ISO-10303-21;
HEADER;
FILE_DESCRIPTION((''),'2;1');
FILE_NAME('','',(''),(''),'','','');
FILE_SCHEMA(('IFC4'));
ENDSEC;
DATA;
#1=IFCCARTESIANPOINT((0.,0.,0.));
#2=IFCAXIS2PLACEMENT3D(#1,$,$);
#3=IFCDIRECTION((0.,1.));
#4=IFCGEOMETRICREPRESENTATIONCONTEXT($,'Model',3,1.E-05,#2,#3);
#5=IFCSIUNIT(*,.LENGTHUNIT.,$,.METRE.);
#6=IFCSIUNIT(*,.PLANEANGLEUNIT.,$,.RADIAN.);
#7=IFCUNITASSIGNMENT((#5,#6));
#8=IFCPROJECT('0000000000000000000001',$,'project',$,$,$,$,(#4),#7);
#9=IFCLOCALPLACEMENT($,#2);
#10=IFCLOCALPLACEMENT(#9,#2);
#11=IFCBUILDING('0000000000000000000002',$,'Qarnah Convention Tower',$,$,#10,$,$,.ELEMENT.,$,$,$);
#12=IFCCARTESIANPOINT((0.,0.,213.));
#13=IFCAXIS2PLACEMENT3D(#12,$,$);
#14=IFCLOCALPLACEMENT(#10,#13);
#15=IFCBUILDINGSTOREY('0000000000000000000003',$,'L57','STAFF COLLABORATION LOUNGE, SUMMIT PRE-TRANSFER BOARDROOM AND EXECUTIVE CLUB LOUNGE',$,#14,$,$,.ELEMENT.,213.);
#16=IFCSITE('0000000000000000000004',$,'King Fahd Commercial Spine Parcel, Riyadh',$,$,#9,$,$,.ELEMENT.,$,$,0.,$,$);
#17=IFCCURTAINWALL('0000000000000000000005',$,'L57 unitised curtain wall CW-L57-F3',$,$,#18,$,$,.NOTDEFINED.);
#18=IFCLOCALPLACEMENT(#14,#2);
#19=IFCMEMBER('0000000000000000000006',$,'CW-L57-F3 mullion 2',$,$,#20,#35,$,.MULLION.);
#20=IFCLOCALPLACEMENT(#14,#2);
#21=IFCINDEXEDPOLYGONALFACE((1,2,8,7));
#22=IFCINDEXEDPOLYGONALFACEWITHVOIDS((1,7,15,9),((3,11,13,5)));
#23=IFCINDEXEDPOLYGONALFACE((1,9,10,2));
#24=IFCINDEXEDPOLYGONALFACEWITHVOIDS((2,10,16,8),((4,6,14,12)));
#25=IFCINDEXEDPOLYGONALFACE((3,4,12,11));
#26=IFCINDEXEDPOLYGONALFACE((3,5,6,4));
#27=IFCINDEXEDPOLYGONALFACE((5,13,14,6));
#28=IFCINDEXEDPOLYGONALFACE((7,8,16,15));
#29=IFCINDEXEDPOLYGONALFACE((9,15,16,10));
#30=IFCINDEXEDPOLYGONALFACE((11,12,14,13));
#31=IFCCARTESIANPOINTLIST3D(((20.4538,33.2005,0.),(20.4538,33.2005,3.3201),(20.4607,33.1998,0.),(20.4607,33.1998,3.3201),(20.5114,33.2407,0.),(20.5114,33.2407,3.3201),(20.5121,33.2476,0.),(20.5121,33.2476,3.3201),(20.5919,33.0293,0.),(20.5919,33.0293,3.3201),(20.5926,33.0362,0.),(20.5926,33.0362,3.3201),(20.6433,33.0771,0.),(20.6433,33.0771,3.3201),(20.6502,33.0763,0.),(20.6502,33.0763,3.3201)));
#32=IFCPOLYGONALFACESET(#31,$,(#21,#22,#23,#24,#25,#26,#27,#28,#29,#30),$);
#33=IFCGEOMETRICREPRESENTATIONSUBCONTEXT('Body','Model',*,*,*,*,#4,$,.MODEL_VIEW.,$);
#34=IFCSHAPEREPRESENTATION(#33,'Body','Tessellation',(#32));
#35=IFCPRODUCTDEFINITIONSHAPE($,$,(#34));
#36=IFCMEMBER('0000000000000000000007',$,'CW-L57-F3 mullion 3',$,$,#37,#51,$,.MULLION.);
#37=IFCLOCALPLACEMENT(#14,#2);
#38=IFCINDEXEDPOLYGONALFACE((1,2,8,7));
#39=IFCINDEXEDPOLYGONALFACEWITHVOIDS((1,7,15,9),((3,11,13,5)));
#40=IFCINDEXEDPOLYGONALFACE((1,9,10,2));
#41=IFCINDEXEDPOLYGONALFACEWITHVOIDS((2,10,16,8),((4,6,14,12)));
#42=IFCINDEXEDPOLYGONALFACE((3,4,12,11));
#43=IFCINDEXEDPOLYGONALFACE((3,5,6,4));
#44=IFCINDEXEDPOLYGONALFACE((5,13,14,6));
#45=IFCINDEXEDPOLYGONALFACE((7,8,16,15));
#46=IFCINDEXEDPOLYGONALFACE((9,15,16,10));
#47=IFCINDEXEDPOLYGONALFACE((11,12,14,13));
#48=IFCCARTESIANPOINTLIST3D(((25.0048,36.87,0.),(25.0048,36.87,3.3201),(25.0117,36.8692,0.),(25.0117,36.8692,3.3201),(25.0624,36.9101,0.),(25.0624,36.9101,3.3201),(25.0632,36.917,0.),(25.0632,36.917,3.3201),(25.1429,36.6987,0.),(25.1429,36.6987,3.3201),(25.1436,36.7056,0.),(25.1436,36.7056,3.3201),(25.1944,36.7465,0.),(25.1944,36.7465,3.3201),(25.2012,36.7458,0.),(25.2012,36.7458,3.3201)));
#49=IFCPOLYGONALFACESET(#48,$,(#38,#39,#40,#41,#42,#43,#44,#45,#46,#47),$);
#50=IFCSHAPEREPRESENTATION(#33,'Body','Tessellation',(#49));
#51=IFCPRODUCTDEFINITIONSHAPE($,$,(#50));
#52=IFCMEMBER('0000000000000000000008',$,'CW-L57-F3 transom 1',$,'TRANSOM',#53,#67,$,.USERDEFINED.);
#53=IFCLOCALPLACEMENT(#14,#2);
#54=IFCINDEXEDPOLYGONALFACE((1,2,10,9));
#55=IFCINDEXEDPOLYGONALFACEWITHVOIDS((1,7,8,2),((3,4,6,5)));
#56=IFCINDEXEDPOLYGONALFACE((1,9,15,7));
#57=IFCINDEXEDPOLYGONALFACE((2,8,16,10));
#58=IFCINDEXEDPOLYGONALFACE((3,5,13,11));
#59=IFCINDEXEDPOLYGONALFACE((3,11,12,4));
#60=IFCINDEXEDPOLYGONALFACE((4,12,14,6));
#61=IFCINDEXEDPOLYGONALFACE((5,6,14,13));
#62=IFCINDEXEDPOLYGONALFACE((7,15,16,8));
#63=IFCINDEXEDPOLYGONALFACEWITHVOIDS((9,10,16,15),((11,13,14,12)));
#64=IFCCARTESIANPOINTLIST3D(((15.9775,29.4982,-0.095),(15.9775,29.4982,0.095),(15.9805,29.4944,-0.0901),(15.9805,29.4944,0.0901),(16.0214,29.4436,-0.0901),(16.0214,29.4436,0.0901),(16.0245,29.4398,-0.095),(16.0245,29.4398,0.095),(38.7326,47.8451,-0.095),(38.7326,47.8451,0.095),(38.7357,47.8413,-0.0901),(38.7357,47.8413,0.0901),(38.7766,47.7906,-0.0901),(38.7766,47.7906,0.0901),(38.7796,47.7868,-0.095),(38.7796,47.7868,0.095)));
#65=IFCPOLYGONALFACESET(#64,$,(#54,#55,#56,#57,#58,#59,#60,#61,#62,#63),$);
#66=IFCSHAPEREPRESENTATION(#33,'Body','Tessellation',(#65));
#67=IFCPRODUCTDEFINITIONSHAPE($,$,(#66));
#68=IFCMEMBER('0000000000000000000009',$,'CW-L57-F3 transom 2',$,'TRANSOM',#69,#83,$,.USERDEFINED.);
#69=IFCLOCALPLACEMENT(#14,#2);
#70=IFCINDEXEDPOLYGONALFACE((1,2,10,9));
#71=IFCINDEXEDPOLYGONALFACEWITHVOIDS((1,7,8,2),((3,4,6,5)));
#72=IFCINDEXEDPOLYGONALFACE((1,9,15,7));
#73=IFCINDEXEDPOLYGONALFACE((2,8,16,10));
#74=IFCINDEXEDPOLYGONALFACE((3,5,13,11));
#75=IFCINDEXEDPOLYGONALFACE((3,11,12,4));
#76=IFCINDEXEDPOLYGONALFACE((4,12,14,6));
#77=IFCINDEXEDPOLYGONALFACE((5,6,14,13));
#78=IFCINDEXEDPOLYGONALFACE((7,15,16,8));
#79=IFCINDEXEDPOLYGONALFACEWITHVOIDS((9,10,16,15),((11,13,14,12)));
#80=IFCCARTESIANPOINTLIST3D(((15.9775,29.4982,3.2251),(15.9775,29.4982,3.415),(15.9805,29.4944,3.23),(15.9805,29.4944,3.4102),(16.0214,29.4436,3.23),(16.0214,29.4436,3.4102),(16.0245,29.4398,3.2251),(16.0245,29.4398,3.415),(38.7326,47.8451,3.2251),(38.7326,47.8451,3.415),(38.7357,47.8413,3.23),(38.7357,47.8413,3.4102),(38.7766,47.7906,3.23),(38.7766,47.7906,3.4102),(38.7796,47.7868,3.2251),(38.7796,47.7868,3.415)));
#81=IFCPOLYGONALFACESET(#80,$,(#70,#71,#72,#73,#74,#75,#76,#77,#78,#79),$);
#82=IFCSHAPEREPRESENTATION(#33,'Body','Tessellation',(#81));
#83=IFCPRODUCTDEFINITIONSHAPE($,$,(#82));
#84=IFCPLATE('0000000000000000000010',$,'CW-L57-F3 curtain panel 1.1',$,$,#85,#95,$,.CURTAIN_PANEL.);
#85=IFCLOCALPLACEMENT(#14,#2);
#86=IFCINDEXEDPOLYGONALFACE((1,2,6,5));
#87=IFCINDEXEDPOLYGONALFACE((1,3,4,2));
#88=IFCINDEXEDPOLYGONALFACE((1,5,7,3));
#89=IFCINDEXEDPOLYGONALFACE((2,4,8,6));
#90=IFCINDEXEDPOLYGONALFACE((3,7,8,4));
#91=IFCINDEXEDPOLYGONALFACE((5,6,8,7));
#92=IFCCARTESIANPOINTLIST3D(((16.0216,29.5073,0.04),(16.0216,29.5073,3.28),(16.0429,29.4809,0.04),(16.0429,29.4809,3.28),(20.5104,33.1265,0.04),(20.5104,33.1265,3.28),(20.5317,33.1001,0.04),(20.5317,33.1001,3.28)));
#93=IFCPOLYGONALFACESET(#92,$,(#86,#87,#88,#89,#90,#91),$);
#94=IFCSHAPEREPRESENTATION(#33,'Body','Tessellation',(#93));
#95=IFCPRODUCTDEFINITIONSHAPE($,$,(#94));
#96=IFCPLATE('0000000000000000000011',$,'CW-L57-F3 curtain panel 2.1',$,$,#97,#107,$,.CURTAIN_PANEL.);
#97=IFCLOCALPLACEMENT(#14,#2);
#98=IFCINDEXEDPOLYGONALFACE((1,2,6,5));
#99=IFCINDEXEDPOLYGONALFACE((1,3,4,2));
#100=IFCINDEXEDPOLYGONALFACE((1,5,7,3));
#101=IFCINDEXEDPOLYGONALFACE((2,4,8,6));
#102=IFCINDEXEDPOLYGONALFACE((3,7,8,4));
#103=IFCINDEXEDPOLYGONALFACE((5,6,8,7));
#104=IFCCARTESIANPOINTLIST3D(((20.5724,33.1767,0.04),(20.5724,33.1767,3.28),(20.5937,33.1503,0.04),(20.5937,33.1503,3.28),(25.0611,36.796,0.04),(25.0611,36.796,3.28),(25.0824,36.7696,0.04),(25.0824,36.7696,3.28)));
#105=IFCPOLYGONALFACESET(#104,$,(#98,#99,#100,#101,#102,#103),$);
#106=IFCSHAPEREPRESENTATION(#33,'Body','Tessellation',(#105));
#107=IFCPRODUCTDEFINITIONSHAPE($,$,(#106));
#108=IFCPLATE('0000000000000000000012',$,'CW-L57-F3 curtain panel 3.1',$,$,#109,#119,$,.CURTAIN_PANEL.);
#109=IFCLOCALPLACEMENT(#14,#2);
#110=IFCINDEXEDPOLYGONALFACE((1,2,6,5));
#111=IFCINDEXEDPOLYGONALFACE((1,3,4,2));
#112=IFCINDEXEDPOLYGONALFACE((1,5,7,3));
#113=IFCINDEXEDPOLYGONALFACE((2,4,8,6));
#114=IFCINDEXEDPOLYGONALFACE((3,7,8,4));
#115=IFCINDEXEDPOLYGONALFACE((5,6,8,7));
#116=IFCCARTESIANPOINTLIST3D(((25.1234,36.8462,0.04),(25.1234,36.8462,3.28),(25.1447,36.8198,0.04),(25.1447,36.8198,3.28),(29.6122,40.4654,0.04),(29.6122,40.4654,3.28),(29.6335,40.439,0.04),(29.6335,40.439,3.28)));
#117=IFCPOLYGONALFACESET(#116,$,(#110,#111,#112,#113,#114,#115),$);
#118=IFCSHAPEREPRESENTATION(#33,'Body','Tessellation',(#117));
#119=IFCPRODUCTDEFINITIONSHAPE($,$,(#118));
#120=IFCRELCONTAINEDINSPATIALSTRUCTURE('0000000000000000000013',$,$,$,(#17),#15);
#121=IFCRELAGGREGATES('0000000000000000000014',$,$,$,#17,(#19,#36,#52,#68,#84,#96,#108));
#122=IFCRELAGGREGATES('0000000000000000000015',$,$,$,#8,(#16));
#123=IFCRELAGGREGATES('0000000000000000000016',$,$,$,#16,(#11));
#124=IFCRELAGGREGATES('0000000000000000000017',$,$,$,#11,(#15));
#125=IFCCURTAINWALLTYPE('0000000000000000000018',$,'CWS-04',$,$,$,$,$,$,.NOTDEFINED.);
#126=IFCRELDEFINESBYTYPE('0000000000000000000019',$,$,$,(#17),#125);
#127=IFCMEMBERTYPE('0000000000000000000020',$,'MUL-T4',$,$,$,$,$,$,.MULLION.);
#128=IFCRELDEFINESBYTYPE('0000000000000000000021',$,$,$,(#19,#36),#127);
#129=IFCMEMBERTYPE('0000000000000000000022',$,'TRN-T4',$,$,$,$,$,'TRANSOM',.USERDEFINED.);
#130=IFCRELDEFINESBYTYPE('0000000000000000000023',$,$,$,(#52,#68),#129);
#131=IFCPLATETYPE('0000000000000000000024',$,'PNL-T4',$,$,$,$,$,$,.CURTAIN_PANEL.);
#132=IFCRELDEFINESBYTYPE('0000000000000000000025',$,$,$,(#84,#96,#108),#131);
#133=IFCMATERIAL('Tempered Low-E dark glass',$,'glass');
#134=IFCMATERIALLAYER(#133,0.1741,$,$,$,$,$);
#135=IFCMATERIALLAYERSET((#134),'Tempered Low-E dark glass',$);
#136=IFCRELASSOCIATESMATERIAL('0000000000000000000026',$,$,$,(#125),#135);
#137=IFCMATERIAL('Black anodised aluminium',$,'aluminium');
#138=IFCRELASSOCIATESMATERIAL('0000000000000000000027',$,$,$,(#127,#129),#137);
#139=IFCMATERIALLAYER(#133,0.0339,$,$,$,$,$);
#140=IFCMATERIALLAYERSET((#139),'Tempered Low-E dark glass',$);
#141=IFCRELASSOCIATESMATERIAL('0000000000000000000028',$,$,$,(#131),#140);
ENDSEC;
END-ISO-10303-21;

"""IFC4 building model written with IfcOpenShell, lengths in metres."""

from ifc_helpers import new_model, si_unit, direction, frame, origin, origin_2d, place, context, subcontext, project, spatial, rectangle, hollow_rectangle, extrude, material, layer, layer_set, material_profile, profile_set, type_object, element, aggregate, save


model = new_model("IFC4")

# Units and contexts
model_context = context("Model", 3, precision=1e-05, world=origin(), true_north=direction((0.0, 1.0)))
body_context = subcontext(model_context, "Body", "Model", "MODEL_VIEW")
ifc_project = project(units=[si_unit("LENGTHUNIT", "METRE"), si_unit("PLANEANGLEUNIT", "RADIAN")], contexts=[model_context])

# Site, building, storey
site_placement = place(None, origin())
site = spatial("IfcSite", under=ifc_project, at=site_placement, Name="King Fahd Commercial Spine Parcel, Riyadh", CompositionType="ELEMENT", RefElevation=0.0)
building_placement = place(site_placement, origin())
building = spatial("IfcBuilding", under=site, at=building_placement, Name="Qarnah Convention Tower", CompositionType="ELEMENT")
storey_placement = place(building_placement, frame((0.0, 0.0, 213.0)))
storey = spatial("IfcBuildingStorey", under=building, at=storey_placement, Name="L57", Description="STAFF COLLABORATION LOUNGE, SUMMIT PRE-TRANSFER BOARDROOM AND EXECUTIVE CLUB LOUNGE", CompositionType="ELEMENT", Elevation=213.0)

# Curtain wall, members, plates
ifc_material_1 = material(Name="Tempered Low-E dark glass", Category="glass")
ifc_layer_1 = layer(ifc_material_1, 0.1741)
ifc_layer_set_1 = layer_set([ifc_layer_1], Name="Tempered Low-E dark glass")
curtain_wall_type = type_object("IfcCurtainWallType", Name="CWS-04", PredefinedType="NOTDEFINED", material=ifc_layer_set_1)
curtain_wall_placement = place(storey_placement, origin())
curtain_wall = element("IfcCurtainWall", 1, at=curtain_wall_placement, inside=storey, type_object=curtain_wall_type, Name="L57 unitised curtain wall CW-L57-F3", PredefinedType="NOTDEFINED")
ifc_material_2 = material(Name="Black anodised aluminium", Category="aluminium")
ifc_material_profile_1 = material_profile(ifc_material_2, hollow_rectangle(XDim=0.075, YDim=0.22, WallThickness=0.0049, at=origin_2d()), Name="MUL-75X220")
ifc_profile_set_1 = profile_set([ifc_material_profile_1], Name="Black anodised aluminium")
member_type_1 = type_object("IfcMemberType", Name="MUL-T4", PredefinedType="MULLION", material=ifc_profile_set_1)
member_1_placement = place(storey_placement, frame((20.552, 33.1384, 0.0), z_axis=(0.0, 0.0, 1.0), x_axis=(0.778477, 0.627674, 0.0)))
member_1 = element("IfcMember", 2, at=member_1_placement, type_object=member_type_1, Name="CW-L57-F3 mullion 2", PredefinedType="MULLION", context=body_context, shape_type="SweptSolid", body=[
    extrude(hollow_rectangle(XDim=0.075, YDim=0.22, WallThickness=0.0049, at=origin_2d()), origin(), (0.0, 0.0, 1.0), 3.3201),
])
member_2_placement = place(storey_placement, frame((25.103, 36.8079, 0.0), z_axis=(0.0, 0.0, 1.0), x_axis=(0.778477, 0.627674, 0.0)))
member_2 = element("IfcMember", 3, at=member_2_placement, type_object=member_type_1, Name="CW-L57-F3 mullion 3", PredefinedType="MULLION", context=body_context, shape_type="SweptSolid", body=[
    extrude(hollow_rectangle(XDim=0.075, YDim=0.22, WallThickness=0.0049, at=origin_2d()), origin(), (0.0, 0.0, 1.0), 3.3201),
])
ifc_material_profile_2 = material_profile(ifc_material_2, hollow_rectangle(XDim=0.075, YDim=0.1899, WallThickness=0.0049, at=origin_2d()), Name="TRN-75X190")
ifc_profile_set_2 = profile_set([ifc_material_profile_2], Name="Black anodised aluminium")
member_type_2 = type_object("IfcMemberType", Name="TRN-T4", ElementType="TRANSOM", PredefinedType="USERDEFINED", material=ifc_profile_set_2)
member_3_placement = place(storey_placement, frame((16.001, 29.469, 0.0), z_axis=(0.77848, 0.62767, 0.0), x_axis=(-0.62767, 0.77848, 0.0)))
member_3 = element("IfcMember", 4, at=member_3_placement, type_object=member_type_2, Name="CW-L57-F3 transom 1", ObjectType="TRANSOM", PredefinedType="USERDEFINED", context=body_context, shape_type="SweptSolid", body=[
    extrude(hollow_rectangle(XDim=0.075, YDim=0.1899, WallThickness=0.0049, at=origin_2d()), origin(), (0.0, 0.0, 1.0), 29.2302),
])
member_4_placement = place(storey_placement, frame((16.001, 29.469, 3.3201), z_axis=(0.77848, 0.62767, 0.0), x_axis=(-0.62767, 0.77848, 0.0)))
member_4 = element("IfcMember", 5, at=member_4_placement, type_object=member_type_2, Name="CW-L57-F3 transom 2", ObjectType="TRANSOM", PredefinedType="USERDEFINED", context=body_context, shape_type="SweptSolid", body=[
    extrude(hollow_rectangle(XDim=0.075, YDim=0.1899, WallThickness=0.0049, at=origin_2d()), origin(), (0.0, 0.0, 1.0), 29.2302),
])
ifc_layer_2 = layer(ifc_material_1, 0.0339)
ifc_layer_set_2 = layer_set([ifc_layer_2], Name="Tempered Low-E dark glass")
plate_type = type_object("IfcPlateType", Name="PNL-T4", PredefinedType="CURTAIN_PANEL", material=ifc_layer_set_2)
plate_1_placement = place(storey_placement, frame((18.2766, 31.3037, 0.04), z_axis=(0.0, 0.0, 1.0), x_axis=(0.778477, 0.627674, 0.0)))
plate_1 = element("IfcPlate", 6, at=plate_1_placement, type_object=plate_type, Name="CW-L57-F3 curtain panel 1.1", PredefinedType="CURTAIN_PANEL", context=body_context, shape_type="SweptSolid", body=[
    extrude(rectangle(XDim=5.7661, YDim=0.0339, at=origin_2d()), origin(), (0.0, 0.0, 1.0), 3.24),
])
plate_2_placement = place(storey_placement, frame((22.8274, 34.9731, 0.04), z_axis=(0.0, 0.0, 1.0), x_axis=(0.778477, 0.627674, 0.0)))
plate_2 = element("IfcPlate", 7, at=plate_2_placement, type_object=plate_type, Name="CW-L57-F3 curtain panel 2.1", PredefinedType="CURTAIN_PANEL", context=body_context, shape_type="SweptSolid", body=[
    extrude(rectangle(XDim=5.7661, YDim=0.0339, at=origin_2d()), origin(), (0.0, 0.0, 1.0), 3.24),
])
plate_3_placement = place(storey_placement, frame((27.3784, 38.6426, 0.04), z_axis=(0.0, 0.0, 1.0), x_axis=(0.778477, 0.627674, 0.0)))
plate_3 = element("IfcPlate", 8, at=plate_3_placement, type_object=plate_type, Name="CW-L57-F3 curtain panel 3.1", PredefinedType="CURTAIN_PANEL", context=body_context, shape_type="SweptSolid", body=[
    extrude(rectangle(XDim=5.7661, YDim=0.0339, at=origin_2d()), origin(), (0.0, 0.0, 1.0), 3.24),
])
aggregate(curtain_wall, [member_1, member_2, member_3, member_4, plate_1, plate_2, plate_3])

save(model, "model.ifc")
